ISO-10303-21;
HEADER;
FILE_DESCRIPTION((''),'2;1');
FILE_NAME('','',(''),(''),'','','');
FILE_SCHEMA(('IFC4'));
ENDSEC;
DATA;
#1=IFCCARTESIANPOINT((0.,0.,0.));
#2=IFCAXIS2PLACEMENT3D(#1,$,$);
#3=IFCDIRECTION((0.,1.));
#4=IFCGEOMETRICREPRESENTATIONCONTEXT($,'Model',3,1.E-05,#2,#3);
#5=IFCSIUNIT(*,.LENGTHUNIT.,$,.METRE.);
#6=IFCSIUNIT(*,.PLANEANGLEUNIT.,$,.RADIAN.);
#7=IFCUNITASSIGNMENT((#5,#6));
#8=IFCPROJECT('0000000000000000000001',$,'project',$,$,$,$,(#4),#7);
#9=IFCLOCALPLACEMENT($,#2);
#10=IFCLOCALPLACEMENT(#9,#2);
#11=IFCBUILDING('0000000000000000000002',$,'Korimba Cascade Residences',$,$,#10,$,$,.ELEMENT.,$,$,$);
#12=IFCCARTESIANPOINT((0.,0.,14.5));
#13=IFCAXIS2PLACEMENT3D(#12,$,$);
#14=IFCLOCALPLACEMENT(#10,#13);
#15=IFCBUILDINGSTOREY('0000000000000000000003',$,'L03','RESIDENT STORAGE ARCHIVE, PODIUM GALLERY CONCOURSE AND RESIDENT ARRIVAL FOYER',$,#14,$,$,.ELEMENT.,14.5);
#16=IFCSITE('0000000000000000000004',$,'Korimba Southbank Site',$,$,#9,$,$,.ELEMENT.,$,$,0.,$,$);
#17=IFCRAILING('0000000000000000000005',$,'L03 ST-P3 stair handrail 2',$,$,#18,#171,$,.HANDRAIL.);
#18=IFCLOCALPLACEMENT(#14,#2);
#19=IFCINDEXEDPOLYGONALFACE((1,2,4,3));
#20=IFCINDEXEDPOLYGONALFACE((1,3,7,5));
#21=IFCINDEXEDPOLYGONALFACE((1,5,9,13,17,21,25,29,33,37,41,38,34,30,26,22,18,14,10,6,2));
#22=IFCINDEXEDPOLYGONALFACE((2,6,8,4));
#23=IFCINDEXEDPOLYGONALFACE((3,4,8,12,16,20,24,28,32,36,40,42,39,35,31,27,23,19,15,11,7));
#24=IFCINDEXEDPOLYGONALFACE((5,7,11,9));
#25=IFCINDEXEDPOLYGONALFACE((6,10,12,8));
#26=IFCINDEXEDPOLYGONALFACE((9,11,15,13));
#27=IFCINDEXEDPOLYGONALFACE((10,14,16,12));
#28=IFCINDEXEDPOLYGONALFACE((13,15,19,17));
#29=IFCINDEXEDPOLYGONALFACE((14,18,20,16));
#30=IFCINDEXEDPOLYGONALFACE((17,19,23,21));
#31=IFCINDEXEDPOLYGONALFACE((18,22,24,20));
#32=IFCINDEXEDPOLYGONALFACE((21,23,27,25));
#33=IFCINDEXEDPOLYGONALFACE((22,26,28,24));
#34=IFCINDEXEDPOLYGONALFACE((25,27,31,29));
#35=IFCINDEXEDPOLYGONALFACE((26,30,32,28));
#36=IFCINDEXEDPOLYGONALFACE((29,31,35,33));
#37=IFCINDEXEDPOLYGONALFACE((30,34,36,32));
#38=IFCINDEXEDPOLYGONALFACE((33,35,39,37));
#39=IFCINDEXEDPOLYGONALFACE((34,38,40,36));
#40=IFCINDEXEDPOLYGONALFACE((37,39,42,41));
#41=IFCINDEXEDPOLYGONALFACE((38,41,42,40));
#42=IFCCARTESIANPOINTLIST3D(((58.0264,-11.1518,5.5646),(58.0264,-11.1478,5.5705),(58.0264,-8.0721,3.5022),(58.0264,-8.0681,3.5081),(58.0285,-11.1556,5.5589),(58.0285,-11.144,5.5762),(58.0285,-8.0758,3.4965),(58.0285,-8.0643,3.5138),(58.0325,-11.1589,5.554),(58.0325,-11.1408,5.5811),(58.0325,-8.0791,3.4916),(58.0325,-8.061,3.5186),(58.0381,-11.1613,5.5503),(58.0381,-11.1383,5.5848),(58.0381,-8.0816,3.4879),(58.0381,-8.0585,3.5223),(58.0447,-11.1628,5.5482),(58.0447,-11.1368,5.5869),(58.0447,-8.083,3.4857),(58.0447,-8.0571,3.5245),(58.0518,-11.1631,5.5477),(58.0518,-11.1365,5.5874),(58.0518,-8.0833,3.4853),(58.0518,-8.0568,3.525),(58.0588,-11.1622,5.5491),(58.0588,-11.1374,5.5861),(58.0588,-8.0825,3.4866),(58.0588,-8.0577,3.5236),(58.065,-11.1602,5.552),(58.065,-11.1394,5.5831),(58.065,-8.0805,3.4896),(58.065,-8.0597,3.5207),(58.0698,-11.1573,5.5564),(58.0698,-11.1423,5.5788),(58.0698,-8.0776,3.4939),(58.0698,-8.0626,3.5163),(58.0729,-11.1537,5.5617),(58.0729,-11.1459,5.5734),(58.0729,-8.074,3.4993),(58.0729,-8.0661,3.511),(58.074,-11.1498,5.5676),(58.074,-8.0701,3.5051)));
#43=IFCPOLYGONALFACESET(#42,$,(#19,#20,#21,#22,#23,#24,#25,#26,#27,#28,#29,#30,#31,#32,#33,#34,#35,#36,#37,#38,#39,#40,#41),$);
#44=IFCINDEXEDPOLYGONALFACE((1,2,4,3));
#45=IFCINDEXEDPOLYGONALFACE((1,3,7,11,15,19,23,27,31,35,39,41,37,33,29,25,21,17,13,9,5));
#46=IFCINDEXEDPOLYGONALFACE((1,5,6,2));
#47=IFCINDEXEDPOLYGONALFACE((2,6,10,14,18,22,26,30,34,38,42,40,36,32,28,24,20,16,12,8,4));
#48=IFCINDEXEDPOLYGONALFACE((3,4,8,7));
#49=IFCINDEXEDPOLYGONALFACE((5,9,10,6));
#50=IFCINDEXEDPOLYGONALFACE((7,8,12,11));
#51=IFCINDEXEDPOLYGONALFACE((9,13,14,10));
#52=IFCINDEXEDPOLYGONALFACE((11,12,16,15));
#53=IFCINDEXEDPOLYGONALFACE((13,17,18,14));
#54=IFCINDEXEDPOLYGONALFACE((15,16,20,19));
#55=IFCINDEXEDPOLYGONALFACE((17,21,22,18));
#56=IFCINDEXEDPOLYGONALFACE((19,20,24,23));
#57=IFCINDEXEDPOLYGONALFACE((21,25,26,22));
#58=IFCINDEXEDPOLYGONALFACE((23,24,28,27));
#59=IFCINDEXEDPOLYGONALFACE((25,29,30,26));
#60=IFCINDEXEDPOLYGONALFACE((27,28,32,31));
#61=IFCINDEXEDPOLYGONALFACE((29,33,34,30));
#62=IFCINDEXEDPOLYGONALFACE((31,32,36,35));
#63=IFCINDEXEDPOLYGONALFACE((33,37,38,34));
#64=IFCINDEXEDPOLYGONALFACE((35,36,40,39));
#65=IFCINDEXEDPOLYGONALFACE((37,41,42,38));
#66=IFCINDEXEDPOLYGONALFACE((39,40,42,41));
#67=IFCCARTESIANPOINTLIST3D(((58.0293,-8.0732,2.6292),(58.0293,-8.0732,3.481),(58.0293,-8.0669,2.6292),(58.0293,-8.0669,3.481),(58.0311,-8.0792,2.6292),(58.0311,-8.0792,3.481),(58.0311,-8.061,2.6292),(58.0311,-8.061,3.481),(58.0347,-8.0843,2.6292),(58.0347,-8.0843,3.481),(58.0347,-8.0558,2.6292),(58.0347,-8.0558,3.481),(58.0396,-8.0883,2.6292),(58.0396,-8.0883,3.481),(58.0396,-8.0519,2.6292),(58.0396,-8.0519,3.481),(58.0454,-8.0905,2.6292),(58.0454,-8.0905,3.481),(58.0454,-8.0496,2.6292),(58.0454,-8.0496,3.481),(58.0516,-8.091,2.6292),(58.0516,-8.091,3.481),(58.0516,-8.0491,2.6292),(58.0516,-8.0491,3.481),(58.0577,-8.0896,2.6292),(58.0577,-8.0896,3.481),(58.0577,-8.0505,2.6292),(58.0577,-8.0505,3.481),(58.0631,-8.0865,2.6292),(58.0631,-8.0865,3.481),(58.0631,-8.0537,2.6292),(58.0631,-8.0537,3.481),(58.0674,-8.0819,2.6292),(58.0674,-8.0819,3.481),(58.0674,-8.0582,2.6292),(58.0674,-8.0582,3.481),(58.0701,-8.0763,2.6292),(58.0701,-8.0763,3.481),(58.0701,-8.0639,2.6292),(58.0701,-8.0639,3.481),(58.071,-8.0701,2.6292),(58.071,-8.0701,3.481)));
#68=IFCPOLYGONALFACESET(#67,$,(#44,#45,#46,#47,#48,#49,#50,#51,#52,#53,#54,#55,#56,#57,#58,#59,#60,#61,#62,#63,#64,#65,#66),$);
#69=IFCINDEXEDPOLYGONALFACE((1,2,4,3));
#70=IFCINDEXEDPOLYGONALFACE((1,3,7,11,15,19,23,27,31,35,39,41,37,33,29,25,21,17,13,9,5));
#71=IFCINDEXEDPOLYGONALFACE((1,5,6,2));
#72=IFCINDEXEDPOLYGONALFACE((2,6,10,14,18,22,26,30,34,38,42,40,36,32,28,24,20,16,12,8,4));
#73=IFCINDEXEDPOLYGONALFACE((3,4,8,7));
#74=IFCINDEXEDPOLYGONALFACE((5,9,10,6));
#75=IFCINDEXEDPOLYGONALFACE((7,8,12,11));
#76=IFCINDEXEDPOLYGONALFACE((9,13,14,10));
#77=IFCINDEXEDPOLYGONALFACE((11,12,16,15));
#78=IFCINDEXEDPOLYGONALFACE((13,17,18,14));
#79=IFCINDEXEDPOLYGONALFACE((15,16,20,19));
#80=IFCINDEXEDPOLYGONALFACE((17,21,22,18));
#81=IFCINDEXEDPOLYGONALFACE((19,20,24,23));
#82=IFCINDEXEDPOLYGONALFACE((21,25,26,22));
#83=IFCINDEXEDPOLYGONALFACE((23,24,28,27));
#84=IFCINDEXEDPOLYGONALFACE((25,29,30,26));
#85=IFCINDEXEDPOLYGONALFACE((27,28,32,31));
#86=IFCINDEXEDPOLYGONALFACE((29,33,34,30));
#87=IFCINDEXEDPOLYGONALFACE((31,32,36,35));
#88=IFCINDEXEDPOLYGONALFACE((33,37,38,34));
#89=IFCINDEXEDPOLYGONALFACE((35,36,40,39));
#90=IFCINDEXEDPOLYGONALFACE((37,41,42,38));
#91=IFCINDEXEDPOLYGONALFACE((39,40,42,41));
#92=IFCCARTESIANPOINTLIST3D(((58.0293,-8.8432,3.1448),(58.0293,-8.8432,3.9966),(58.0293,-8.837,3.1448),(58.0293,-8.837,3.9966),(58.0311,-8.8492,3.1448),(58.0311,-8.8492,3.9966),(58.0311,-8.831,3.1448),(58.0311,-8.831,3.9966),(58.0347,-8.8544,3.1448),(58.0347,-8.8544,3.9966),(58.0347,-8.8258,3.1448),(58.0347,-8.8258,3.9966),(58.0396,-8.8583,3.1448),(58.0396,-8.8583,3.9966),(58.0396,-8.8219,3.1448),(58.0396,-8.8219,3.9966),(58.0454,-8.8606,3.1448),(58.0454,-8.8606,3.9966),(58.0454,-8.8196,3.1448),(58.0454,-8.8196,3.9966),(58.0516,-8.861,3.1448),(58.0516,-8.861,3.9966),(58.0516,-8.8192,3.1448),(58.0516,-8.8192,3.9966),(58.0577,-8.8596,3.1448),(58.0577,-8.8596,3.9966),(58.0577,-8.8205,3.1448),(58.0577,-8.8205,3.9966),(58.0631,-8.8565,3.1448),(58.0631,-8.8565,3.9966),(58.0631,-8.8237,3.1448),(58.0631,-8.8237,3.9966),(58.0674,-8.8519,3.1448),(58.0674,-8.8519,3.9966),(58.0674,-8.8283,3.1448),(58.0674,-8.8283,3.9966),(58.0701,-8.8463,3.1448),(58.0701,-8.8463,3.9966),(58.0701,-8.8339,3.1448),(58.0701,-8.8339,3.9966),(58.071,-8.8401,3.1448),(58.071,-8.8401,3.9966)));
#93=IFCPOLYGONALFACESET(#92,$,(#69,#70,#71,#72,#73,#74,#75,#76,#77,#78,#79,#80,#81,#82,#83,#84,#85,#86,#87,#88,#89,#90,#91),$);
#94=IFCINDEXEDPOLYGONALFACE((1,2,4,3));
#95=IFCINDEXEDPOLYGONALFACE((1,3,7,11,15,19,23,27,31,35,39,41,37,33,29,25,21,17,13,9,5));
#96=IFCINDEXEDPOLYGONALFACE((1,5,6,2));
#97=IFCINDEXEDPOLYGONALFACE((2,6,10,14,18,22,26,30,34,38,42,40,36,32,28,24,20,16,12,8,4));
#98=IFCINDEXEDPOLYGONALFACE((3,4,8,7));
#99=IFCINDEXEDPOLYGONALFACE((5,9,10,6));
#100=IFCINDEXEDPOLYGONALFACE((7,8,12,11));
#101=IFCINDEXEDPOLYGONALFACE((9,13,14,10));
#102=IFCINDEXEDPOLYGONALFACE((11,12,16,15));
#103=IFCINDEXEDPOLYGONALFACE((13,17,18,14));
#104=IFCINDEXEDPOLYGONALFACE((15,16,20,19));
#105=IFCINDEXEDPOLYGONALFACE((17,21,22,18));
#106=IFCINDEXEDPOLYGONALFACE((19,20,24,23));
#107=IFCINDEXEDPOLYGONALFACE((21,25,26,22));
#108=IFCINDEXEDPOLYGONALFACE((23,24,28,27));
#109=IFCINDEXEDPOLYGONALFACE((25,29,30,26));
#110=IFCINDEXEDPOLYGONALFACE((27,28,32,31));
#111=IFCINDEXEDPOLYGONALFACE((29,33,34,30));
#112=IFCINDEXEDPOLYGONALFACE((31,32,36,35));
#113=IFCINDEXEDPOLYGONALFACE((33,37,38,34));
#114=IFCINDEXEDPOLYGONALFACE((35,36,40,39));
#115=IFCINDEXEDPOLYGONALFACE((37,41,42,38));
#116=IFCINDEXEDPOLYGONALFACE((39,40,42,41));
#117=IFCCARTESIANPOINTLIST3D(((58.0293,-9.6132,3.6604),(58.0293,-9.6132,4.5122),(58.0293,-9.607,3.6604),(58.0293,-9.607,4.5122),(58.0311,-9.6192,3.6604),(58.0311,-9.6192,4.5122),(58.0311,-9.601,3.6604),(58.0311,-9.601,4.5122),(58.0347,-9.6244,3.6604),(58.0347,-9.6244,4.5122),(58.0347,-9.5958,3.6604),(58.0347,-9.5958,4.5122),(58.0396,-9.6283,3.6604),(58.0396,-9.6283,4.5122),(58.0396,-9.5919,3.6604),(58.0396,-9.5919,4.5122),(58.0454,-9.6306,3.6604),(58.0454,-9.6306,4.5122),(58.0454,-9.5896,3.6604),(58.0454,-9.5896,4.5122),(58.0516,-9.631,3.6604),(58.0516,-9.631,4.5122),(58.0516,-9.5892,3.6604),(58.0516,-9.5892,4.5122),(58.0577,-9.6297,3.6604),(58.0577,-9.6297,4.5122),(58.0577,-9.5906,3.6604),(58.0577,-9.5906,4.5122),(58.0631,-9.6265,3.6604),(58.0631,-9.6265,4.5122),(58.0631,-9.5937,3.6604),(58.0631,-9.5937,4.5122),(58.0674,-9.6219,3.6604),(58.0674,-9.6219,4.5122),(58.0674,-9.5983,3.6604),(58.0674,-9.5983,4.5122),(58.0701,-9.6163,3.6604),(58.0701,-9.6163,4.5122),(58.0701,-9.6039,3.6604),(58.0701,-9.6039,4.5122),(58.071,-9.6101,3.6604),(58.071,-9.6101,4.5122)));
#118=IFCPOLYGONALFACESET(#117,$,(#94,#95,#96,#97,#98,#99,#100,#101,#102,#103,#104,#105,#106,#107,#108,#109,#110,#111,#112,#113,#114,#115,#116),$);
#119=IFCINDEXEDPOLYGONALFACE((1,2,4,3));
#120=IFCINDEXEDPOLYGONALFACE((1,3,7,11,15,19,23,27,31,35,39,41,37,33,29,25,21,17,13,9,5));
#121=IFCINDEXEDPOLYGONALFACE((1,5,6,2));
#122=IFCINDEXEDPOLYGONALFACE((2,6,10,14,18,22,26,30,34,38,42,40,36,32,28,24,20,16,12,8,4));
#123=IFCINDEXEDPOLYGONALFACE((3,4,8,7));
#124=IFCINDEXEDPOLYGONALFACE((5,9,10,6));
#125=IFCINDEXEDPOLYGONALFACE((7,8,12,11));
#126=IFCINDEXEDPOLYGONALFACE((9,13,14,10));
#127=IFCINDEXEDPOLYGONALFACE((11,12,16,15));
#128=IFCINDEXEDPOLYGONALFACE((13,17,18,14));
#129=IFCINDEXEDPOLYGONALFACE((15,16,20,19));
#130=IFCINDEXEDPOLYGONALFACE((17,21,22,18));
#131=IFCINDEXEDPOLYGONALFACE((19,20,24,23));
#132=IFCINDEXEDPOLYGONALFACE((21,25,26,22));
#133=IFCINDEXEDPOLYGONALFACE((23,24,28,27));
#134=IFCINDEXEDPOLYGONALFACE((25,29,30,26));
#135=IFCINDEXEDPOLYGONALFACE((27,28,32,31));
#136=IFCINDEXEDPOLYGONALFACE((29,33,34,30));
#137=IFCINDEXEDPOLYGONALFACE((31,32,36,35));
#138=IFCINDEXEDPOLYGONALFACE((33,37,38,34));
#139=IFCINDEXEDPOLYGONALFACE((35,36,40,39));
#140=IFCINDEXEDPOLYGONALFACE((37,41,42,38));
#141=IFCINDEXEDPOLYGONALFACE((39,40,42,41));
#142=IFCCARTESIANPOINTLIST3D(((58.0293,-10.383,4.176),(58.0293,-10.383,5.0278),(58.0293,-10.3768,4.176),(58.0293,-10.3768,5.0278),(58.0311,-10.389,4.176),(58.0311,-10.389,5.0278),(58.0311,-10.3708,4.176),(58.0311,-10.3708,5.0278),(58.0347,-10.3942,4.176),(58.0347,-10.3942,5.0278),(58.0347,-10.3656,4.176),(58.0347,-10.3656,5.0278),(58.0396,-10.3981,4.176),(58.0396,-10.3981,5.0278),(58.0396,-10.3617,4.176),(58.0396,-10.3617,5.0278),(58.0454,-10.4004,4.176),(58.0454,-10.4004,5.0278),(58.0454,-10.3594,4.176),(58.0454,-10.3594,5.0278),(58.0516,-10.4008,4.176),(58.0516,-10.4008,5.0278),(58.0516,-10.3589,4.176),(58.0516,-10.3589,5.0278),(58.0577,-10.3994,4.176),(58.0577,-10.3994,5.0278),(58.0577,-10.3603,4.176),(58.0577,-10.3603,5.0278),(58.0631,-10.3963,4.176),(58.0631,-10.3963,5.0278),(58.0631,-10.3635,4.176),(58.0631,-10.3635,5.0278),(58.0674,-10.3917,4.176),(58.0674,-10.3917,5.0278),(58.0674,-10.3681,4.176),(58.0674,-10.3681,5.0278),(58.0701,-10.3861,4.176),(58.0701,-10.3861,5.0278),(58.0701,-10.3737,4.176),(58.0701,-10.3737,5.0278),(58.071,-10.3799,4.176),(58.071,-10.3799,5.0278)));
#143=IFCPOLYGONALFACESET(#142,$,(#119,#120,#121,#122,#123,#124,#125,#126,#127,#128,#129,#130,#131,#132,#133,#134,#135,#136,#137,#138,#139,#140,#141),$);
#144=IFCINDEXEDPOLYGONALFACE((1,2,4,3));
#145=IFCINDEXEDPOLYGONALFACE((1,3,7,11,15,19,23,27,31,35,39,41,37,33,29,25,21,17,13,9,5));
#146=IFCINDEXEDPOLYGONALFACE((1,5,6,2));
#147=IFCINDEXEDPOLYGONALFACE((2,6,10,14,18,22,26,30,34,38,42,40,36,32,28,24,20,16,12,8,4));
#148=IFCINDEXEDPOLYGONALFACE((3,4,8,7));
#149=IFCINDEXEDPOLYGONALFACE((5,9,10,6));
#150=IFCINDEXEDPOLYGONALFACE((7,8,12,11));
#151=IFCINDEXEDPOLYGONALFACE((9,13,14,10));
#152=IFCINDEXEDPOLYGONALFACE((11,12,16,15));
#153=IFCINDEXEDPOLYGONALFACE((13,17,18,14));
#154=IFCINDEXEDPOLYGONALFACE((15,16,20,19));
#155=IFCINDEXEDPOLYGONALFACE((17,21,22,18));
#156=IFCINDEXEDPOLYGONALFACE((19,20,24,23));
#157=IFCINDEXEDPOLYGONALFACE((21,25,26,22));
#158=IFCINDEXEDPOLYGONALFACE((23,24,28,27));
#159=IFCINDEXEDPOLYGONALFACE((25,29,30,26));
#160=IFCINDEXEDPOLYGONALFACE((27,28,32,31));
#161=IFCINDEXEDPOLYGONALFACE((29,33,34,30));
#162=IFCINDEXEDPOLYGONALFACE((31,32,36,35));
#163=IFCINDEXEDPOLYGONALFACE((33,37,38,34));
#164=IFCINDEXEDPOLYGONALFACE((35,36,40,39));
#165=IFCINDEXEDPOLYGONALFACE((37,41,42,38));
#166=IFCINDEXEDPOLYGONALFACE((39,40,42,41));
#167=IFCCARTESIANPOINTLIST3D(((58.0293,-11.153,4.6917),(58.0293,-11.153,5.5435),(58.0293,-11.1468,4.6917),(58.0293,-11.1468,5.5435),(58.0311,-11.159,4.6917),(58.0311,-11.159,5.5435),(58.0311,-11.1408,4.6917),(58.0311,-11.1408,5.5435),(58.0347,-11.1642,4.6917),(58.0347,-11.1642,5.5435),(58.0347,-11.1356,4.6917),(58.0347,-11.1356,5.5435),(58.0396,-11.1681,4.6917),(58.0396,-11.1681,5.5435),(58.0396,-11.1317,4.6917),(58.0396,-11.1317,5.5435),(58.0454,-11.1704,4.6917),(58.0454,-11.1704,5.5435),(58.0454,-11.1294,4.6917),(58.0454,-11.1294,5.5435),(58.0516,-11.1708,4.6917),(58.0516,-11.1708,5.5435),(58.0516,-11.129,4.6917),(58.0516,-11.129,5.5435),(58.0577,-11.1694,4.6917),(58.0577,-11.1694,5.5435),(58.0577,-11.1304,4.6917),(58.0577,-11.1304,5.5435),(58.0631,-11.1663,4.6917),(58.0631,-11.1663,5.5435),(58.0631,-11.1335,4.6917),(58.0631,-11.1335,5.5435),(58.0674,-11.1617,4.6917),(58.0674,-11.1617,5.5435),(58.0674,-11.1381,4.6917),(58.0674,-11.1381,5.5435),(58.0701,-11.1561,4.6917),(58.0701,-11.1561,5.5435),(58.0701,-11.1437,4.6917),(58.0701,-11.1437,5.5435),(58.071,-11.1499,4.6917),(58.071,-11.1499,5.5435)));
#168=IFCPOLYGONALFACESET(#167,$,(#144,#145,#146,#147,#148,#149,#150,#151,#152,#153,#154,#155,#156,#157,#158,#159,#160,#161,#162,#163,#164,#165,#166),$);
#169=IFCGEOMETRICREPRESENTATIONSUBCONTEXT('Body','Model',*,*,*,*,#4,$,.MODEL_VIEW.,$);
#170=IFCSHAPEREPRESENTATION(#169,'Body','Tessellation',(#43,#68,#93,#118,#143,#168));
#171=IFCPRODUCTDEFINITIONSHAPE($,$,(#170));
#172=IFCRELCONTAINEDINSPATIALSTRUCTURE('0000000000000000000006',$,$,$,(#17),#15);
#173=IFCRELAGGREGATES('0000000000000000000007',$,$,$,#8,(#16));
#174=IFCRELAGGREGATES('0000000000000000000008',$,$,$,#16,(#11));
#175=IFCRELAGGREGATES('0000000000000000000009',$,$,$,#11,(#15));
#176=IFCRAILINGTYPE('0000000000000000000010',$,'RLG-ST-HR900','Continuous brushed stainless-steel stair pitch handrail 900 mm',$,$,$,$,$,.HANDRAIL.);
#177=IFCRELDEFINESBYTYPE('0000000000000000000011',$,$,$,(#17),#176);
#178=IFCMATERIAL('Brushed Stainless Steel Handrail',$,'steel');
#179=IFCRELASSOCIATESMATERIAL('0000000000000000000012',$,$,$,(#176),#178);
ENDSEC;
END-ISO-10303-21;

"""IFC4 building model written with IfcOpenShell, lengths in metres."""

from ifc_helpers import new_model, si_unit, direction, frame, origin, origin_2d, place, context, subcontext, project, spatial, circle, extrude, material, type_object, element, save


model = new_model("IFC4")

# Units and contexts
model_context = context("Model", 3, precision=1e-05, world=origin(), true_north=direction((0.0, 1.0)))
body_context = subcontext(model_context, "Body", "Model", "MODEL_VIEW")
ifc_project = project(units=[si_unit("LENGTHUNIT", "METRE"), si_unit("PLANEANGLEUNIT", "RADIAN")], contexts=[model_context])

# Site, building, storey
site_placement = place(None, origin())
site = spatial("IfcSite", under=ifc_project, at=site_placement, Name="Korimba Southbank Site", CompositionType="ELEMENT", RefElevation=0.0)
building_placement = place(site_placement, origin())
building = spatial("IfcBuilding", under=site, at=building_placement, Name="Korimba Cascade Residences", CompositionType="ELEMENT")
storey_placement = place(building_placement, frame((0.0, 0.0, 14.5)))
storey = spatial("IfcBuildingStorey", under=building, at=storey_placement, Name="L03", Description="RESIDENT STORAGE ARCHIVE, PODIUM GALLERY CONCOURSE AND RESIDENT ARRIVAL FOYER", CompositionType="ELEMENT", Elevation=14.5)

# Railing
ifc_material_1 = material(Name="Brushed Stainless Steel Handrail", Category="steel")
railing_type_1 = type_object("IfcRailingType", Name="RLG-ST-HR900", Description="Continuous brushed stainless-steel stair pitch handrail 900 mm", PredefinedType="HANDRAIL", material=ifc_material_1)
railing_1_placement = place(storey_placement, frame((58.05, -8.0701, 2.6292)))
element("IfcRailing", 1, at=railing_1_placement, inside=storey, type_object=railing_type_1, Name="L03 ST-P3 stair handrail 2", PredefinedType="HANDRAIL", context=body_context, shape_type="SweptSolid", body=[
    extrude(circle(Radius=0.0239, at=origin_2d()), frame((0.0, 0.0, 0.876), z_axis=(0.0, -0.830893, 0.556432), x_axis=(1.0, 0.0, 0.0)), (0.0, 0.0, 1.0), 3.7065),
    extrude(circle(Radius=0.021, at=origin_2d()), origin(), (0.0, 0.0, 1.0), 0.8518),
    extrude(circle(Radius=0.021, at=origin_2d()), frame((0.0, -0.77, 0.5156)), (0.0, 0.0, 1.0), 0.8518),
    extrude(circle(Radius=0.021, at=origin_2d()), frame((0.0, -1.54, 1.0312)), (0.0, 0.0, 1.0), 0.8518),
    extrude(circle(Radius=0.021, at=origin_2d()), frame((0.0, -2.3098, 1.5469)), (0.0, 0.0, 1.0), 0.8518),
    extrude(circle(Radius=0.021, at=origin_2d()), frame((0.0, -3.0798, 2.0625)), (0.0, 0.0, 1.0), 0.8518),
])

save(model, "model.ifc")
